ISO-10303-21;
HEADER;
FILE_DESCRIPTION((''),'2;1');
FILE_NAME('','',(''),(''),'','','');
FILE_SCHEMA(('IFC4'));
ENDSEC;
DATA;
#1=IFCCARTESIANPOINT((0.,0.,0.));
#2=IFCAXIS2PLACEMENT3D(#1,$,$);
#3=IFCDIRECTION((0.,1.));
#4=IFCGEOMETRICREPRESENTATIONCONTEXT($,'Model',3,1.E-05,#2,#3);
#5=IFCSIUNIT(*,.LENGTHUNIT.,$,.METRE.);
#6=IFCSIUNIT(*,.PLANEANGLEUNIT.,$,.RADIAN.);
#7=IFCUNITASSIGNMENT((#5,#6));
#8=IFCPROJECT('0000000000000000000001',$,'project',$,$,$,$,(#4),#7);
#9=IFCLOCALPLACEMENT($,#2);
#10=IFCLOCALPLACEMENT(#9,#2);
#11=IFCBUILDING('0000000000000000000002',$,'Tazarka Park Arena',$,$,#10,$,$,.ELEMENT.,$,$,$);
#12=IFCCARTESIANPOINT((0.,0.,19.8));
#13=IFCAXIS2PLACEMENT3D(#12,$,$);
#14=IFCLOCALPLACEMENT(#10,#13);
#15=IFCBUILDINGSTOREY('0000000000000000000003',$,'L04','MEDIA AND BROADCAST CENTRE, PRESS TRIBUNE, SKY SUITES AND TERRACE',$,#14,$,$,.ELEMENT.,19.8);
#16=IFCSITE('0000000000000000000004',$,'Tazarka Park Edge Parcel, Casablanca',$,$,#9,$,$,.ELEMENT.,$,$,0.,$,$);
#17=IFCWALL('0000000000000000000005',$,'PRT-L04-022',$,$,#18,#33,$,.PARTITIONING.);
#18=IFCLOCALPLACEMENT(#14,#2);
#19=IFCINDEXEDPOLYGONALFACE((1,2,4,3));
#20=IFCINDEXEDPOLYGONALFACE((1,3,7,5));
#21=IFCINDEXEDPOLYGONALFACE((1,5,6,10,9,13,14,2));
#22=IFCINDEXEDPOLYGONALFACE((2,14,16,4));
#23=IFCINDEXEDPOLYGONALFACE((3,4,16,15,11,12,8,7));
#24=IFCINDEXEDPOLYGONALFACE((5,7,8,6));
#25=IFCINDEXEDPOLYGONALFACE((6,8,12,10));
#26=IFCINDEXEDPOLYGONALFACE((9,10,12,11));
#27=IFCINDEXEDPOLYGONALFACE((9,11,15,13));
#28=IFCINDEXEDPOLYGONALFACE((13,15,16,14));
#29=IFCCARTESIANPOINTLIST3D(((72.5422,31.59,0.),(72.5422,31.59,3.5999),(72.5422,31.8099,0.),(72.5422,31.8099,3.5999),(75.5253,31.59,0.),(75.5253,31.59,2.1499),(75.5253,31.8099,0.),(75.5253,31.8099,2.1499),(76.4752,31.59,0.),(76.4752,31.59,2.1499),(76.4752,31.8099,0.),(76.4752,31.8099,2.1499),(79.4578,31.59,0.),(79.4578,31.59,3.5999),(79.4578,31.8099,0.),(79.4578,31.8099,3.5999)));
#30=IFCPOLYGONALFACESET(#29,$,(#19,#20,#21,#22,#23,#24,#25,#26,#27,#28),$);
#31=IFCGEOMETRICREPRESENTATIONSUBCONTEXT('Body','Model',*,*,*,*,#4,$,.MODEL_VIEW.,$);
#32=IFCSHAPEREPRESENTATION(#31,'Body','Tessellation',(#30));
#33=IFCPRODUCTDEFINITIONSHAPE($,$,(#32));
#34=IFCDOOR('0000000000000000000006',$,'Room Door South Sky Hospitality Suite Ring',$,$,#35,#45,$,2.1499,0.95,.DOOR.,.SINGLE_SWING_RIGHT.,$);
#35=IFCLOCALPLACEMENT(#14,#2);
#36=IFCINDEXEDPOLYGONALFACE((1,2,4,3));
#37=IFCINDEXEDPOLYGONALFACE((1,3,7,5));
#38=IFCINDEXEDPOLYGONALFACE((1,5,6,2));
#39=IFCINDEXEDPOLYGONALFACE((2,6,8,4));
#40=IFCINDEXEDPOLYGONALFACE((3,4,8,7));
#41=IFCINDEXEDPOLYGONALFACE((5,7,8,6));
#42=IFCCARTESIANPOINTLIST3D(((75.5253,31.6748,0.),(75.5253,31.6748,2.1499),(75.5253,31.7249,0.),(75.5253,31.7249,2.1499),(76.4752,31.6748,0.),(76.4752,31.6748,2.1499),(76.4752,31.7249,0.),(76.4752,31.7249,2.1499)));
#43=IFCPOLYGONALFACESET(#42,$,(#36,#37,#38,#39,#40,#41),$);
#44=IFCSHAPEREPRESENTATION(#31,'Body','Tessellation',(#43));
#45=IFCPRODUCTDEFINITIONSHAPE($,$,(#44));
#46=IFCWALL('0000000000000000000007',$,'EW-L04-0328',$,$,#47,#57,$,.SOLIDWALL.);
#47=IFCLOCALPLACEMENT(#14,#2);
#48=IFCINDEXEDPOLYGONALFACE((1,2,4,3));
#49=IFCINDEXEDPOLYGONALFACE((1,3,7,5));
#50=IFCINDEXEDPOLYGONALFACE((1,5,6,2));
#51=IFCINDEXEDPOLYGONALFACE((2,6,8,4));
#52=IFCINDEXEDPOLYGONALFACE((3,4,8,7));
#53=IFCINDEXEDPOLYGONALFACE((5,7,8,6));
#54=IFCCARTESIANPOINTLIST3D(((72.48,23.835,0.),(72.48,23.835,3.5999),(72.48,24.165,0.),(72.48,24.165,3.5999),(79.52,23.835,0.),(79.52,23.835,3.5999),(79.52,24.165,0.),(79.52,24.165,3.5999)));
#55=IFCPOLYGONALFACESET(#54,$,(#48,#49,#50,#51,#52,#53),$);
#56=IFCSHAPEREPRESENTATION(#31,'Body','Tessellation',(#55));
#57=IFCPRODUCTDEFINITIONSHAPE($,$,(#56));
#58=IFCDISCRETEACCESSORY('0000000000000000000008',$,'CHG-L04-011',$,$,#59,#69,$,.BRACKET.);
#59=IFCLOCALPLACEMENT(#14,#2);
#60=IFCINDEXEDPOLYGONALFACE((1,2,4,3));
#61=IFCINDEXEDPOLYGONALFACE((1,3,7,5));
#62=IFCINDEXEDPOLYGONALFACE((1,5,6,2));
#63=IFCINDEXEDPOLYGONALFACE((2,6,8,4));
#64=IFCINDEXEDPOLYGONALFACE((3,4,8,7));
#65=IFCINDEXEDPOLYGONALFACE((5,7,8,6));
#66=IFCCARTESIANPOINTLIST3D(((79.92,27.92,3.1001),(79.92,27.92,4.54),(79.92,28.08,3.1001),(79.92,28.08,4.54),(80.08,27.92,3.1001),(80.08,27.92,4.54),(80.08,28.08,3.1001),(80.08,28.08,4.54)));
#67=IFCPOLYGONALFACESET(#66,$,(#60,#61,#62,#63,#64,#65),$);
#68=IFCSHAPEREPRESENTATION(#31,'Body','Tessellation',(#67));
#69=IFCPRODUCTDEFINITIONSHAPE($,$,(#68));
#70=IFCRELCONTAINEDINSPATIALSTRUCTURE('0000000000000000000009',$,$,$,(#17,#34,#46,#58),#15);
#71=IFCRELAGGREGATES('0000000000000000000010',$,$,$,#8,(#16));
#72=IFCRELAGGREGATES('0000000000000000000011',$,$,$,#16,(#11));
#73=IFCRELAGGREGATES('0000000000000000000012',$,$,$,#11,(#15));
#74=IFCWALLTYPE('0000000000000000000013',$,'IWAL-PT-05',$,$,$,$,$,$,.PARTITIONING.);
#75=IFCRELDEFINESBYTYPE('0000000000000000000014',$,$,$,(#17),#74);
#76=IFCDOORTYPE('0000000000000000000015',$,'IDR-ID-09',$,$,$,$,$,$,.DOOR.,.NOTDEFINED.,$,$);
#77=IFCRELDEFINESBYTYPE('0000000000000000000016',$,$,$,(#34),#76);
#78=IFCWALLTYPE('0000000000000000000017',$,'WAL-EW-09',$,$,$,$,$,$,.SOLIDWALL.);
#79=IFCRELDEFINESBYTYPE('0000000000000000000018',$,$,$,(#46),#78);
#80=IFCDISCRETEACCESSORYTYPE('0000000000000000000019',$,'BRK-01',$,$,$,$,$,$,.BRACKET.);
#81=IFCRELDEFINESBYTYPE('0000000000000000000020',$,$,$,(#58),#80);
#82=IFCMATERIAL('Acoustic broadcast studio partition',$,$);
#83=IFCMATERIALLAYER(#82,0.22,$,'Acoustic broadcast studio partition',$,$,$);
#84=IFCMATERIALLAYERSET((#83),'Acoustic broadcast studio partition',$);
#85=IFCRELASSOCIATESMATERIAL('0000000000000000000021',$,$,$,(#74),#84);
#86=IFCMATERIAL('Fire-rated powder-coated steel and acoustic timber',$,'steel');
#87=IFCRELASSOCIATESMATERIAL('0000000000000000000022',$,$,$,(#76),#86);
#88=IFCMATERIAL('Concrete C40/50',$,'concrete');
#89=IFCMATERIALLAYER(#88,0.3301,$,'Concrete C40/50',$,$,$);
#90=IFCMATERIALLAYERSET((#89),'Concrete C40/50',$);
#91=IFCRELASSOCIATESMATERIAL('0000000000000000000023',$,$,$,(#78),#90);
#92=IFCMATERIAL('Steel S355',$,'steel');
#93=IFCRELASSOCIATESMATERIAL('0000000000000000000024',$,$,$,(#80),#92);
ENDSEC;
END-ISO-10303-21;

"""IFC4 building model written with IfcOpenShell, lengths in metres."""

from ifc_helpers import new_model, si_unit, direction, frame, frame_2d, origin, origin_2d, place, context, subcontext, project, spatial, rectangle, extrude, material, layer, layer_set, type_object, element, fill, save


model = new_model("IFC4")

# Units and contexts
model_context = context("Model", 3, precision=1e-05, world=origin(), true_north=direction((0.0, 1.0)))
body_context = subcontext(model_context, "Body", "Model", "MODEL_VIEW")
ifc_project = project(units=[si_unit("LENGTHUNIT", "METRE"), si_unit("PLANEANGLEUNIT", "RADIAN")], contexts=[model_context])

# Site, building, storey
site_placement = place(None, origin())
site = spatial("IfcSite", under=ifc_project, at=site_placement, Name="Tazarka Park Edge Parcel, Casablanca", CompositionType="ELEMENT", RefElevation=0.0)
building_placement = place(site_placement, origin())
building = spatial("IfcBuilding", under=site, at=building_placement, Name="Tazarka Park Arena", CompositionType="ELEMENT")
storey_placement = place(building_placement, frame((0.0, 0.0, 19.8)))
storey = spatial("IfcBuildingStorey", under=building, at=storey_placement, Name="L04", Description="MEDIA AND BROADCAST CENTRE, PRESS TRIBUNE, SKY SUITES AND TERRACE", CompositionType="ELEMENT", Elevation=19.8)

# Wall, opening, door
ifc_material_1 = material(Name="Acoustic broadcast studio partition")
ifc_layer_1 = layer(ifc_material_1, 0.22, Name="Acoustic broadcast studio partition")
ifc_layer_set_1 = layer_set([ifc_layer_1], Name="Acoustic broadcast studio partition")
wall_type_1 = type_object("IfcWallType", Name="IWAL-PT-05", PredefinedType="PARTITIONING", material=ifc_layer_set_1)
wall_1_placement = place(storey_placement, frame((72.5422, 31.7, 0.0), z_axis=(0.0, 0.0, 1.0), x_axis=(1.0, 0.0, 0.0)))
wall_1 = element("IfcWall", 1, at=wall_1_placement, inside=storey, type_object=wall_type_1, Name="PRT-L04-022", PredefinedType="PARTITIONING", context=body_context, shape_type="SweptSolid", body=[
    extrude(rectangle(XDim=6.9155, YDim=0.22, at=frame_2d((3.4578, 0.0))), origin(), (0.0, 0.0, 1.0), 3.5999),
])
opening_1_placement = place(wall_1_placement, frame((2.9829, 0.0, 0.0)))
opening_1 = element("IfcOpeningElement", 2, at=opening_1_placement, cuts=wall_1, PredefinedType="OPENING", context=body_context, shape_type="SweptSolid", body=[
    extrude(rectangle(XDim=0.95, YDim=2.1499, at=frame_2d((0.4751, 1.075))), frame((0.0, 0.1201, 0.0), z_axis=(0.0, -1.0, 0.0), x_axis=(1.0, 0.0, 0.0)), (0.0, 0.0, 1.0), 0.24),
])
ifc_material_2 = material(Name="Fire-rated powder-coated steel and acoustic timber", Category="steel")
door_type_1 = type_object("IfcDoorType", Name="IDR-ID-09", OperationType="NOTDEFINED", PredefinedType="DOOR", material=ifc_material_2)
door_1_placement = place(opening_1_placement, origin())
door_1 = element("IfcDoor", 3, at=door_1_placement, inside=storey, type_object=door_type_1, Name="Room Door South Sky Hospitality Suite Ring", OperationType="SINGLE_SWING_RIGHT", OverallHeight=2.1499, OverallWidth=0.95, PredefinedType="DOOR", context=body_context, shape_type="SweptSolid", body=[
    extrude(rectangle(XDim=0.95, YDim=2.1499, at=frame_2d((0.4751, 1.075))), frame((0.0, 0.0249, 0.0), z_axis=(0.0, -1.0, 0.0), x_axis=(1.0, 0.0, 0.0)), (0.0, 0.0, 1.0), 0.05),
])
fill(opening_1, door_1)

# Wall
ifc_material_3 = material(Name="Concrete C40/50", Category="concrete")
ifc_layer_2 = layer(ifc_material_3, 0.3301, Name="Concrete C40/50")
ifc_layer_set_2 = layer_set([ifc_layer_2], Name="Concrete C40/50")
wall_type_2 = type_object("IfcWallType", Name="WAL-EW-09", PredefinedType="SOLIDWALL", material=ifc_layer_set_2)
wall_2_placement = place(storey_placement, frame((79.52, 24.0, 0.0), z_axis=(0.0, 0.0, 1.0), x_axis=(-1.0, 0.0, 0.0)))
element("IfcWall", 4, at=wall_2_placement, inside=storey, type_object=wall_type_2, Name="EW-L04-0328", PredefinedType="SOLIDWALL", context=body_context, shape_type="SweptSolid", body=[
    extrude(rectangle(XDim=7.04, YDim=0.3301, at=frame_2d((3.52, 0.0))), origin(), (0.0, 0.0, 1.0), 3.5999),
])

# Discrete accessory
ifc_material_4 = material(Name="Steel S355", Category="steel")
discrete_accessory_type = type_object("IfcDiscreteAccessoryType", Name="BRK-01", PredefinedType="BRACKET", material=ifc_material_4)
discrete_accessory_placement = place(storey_placement, frame((80.0, 28.0, 3.1001), z_axis=(0.0, 0.0, 1.0), x_axis=(1.0, 0.0, 0.0)))
element("IfcDiscreteAccessory", 5, at=discrete_accessory_placement, inside=storey, type_object=discrete_accessory_type, Name="CHG-L04-011", PredefinedType="BRACKET", context=body_context, shape_type="SweptSolid", body=[
    extrude(rectangle(XDim=0.1599, YDim=0.1599, at=origin_2d()), origin(), (0.0, 0.0, 1.0), 1.4399),
])

save(model, "model.ifc")
